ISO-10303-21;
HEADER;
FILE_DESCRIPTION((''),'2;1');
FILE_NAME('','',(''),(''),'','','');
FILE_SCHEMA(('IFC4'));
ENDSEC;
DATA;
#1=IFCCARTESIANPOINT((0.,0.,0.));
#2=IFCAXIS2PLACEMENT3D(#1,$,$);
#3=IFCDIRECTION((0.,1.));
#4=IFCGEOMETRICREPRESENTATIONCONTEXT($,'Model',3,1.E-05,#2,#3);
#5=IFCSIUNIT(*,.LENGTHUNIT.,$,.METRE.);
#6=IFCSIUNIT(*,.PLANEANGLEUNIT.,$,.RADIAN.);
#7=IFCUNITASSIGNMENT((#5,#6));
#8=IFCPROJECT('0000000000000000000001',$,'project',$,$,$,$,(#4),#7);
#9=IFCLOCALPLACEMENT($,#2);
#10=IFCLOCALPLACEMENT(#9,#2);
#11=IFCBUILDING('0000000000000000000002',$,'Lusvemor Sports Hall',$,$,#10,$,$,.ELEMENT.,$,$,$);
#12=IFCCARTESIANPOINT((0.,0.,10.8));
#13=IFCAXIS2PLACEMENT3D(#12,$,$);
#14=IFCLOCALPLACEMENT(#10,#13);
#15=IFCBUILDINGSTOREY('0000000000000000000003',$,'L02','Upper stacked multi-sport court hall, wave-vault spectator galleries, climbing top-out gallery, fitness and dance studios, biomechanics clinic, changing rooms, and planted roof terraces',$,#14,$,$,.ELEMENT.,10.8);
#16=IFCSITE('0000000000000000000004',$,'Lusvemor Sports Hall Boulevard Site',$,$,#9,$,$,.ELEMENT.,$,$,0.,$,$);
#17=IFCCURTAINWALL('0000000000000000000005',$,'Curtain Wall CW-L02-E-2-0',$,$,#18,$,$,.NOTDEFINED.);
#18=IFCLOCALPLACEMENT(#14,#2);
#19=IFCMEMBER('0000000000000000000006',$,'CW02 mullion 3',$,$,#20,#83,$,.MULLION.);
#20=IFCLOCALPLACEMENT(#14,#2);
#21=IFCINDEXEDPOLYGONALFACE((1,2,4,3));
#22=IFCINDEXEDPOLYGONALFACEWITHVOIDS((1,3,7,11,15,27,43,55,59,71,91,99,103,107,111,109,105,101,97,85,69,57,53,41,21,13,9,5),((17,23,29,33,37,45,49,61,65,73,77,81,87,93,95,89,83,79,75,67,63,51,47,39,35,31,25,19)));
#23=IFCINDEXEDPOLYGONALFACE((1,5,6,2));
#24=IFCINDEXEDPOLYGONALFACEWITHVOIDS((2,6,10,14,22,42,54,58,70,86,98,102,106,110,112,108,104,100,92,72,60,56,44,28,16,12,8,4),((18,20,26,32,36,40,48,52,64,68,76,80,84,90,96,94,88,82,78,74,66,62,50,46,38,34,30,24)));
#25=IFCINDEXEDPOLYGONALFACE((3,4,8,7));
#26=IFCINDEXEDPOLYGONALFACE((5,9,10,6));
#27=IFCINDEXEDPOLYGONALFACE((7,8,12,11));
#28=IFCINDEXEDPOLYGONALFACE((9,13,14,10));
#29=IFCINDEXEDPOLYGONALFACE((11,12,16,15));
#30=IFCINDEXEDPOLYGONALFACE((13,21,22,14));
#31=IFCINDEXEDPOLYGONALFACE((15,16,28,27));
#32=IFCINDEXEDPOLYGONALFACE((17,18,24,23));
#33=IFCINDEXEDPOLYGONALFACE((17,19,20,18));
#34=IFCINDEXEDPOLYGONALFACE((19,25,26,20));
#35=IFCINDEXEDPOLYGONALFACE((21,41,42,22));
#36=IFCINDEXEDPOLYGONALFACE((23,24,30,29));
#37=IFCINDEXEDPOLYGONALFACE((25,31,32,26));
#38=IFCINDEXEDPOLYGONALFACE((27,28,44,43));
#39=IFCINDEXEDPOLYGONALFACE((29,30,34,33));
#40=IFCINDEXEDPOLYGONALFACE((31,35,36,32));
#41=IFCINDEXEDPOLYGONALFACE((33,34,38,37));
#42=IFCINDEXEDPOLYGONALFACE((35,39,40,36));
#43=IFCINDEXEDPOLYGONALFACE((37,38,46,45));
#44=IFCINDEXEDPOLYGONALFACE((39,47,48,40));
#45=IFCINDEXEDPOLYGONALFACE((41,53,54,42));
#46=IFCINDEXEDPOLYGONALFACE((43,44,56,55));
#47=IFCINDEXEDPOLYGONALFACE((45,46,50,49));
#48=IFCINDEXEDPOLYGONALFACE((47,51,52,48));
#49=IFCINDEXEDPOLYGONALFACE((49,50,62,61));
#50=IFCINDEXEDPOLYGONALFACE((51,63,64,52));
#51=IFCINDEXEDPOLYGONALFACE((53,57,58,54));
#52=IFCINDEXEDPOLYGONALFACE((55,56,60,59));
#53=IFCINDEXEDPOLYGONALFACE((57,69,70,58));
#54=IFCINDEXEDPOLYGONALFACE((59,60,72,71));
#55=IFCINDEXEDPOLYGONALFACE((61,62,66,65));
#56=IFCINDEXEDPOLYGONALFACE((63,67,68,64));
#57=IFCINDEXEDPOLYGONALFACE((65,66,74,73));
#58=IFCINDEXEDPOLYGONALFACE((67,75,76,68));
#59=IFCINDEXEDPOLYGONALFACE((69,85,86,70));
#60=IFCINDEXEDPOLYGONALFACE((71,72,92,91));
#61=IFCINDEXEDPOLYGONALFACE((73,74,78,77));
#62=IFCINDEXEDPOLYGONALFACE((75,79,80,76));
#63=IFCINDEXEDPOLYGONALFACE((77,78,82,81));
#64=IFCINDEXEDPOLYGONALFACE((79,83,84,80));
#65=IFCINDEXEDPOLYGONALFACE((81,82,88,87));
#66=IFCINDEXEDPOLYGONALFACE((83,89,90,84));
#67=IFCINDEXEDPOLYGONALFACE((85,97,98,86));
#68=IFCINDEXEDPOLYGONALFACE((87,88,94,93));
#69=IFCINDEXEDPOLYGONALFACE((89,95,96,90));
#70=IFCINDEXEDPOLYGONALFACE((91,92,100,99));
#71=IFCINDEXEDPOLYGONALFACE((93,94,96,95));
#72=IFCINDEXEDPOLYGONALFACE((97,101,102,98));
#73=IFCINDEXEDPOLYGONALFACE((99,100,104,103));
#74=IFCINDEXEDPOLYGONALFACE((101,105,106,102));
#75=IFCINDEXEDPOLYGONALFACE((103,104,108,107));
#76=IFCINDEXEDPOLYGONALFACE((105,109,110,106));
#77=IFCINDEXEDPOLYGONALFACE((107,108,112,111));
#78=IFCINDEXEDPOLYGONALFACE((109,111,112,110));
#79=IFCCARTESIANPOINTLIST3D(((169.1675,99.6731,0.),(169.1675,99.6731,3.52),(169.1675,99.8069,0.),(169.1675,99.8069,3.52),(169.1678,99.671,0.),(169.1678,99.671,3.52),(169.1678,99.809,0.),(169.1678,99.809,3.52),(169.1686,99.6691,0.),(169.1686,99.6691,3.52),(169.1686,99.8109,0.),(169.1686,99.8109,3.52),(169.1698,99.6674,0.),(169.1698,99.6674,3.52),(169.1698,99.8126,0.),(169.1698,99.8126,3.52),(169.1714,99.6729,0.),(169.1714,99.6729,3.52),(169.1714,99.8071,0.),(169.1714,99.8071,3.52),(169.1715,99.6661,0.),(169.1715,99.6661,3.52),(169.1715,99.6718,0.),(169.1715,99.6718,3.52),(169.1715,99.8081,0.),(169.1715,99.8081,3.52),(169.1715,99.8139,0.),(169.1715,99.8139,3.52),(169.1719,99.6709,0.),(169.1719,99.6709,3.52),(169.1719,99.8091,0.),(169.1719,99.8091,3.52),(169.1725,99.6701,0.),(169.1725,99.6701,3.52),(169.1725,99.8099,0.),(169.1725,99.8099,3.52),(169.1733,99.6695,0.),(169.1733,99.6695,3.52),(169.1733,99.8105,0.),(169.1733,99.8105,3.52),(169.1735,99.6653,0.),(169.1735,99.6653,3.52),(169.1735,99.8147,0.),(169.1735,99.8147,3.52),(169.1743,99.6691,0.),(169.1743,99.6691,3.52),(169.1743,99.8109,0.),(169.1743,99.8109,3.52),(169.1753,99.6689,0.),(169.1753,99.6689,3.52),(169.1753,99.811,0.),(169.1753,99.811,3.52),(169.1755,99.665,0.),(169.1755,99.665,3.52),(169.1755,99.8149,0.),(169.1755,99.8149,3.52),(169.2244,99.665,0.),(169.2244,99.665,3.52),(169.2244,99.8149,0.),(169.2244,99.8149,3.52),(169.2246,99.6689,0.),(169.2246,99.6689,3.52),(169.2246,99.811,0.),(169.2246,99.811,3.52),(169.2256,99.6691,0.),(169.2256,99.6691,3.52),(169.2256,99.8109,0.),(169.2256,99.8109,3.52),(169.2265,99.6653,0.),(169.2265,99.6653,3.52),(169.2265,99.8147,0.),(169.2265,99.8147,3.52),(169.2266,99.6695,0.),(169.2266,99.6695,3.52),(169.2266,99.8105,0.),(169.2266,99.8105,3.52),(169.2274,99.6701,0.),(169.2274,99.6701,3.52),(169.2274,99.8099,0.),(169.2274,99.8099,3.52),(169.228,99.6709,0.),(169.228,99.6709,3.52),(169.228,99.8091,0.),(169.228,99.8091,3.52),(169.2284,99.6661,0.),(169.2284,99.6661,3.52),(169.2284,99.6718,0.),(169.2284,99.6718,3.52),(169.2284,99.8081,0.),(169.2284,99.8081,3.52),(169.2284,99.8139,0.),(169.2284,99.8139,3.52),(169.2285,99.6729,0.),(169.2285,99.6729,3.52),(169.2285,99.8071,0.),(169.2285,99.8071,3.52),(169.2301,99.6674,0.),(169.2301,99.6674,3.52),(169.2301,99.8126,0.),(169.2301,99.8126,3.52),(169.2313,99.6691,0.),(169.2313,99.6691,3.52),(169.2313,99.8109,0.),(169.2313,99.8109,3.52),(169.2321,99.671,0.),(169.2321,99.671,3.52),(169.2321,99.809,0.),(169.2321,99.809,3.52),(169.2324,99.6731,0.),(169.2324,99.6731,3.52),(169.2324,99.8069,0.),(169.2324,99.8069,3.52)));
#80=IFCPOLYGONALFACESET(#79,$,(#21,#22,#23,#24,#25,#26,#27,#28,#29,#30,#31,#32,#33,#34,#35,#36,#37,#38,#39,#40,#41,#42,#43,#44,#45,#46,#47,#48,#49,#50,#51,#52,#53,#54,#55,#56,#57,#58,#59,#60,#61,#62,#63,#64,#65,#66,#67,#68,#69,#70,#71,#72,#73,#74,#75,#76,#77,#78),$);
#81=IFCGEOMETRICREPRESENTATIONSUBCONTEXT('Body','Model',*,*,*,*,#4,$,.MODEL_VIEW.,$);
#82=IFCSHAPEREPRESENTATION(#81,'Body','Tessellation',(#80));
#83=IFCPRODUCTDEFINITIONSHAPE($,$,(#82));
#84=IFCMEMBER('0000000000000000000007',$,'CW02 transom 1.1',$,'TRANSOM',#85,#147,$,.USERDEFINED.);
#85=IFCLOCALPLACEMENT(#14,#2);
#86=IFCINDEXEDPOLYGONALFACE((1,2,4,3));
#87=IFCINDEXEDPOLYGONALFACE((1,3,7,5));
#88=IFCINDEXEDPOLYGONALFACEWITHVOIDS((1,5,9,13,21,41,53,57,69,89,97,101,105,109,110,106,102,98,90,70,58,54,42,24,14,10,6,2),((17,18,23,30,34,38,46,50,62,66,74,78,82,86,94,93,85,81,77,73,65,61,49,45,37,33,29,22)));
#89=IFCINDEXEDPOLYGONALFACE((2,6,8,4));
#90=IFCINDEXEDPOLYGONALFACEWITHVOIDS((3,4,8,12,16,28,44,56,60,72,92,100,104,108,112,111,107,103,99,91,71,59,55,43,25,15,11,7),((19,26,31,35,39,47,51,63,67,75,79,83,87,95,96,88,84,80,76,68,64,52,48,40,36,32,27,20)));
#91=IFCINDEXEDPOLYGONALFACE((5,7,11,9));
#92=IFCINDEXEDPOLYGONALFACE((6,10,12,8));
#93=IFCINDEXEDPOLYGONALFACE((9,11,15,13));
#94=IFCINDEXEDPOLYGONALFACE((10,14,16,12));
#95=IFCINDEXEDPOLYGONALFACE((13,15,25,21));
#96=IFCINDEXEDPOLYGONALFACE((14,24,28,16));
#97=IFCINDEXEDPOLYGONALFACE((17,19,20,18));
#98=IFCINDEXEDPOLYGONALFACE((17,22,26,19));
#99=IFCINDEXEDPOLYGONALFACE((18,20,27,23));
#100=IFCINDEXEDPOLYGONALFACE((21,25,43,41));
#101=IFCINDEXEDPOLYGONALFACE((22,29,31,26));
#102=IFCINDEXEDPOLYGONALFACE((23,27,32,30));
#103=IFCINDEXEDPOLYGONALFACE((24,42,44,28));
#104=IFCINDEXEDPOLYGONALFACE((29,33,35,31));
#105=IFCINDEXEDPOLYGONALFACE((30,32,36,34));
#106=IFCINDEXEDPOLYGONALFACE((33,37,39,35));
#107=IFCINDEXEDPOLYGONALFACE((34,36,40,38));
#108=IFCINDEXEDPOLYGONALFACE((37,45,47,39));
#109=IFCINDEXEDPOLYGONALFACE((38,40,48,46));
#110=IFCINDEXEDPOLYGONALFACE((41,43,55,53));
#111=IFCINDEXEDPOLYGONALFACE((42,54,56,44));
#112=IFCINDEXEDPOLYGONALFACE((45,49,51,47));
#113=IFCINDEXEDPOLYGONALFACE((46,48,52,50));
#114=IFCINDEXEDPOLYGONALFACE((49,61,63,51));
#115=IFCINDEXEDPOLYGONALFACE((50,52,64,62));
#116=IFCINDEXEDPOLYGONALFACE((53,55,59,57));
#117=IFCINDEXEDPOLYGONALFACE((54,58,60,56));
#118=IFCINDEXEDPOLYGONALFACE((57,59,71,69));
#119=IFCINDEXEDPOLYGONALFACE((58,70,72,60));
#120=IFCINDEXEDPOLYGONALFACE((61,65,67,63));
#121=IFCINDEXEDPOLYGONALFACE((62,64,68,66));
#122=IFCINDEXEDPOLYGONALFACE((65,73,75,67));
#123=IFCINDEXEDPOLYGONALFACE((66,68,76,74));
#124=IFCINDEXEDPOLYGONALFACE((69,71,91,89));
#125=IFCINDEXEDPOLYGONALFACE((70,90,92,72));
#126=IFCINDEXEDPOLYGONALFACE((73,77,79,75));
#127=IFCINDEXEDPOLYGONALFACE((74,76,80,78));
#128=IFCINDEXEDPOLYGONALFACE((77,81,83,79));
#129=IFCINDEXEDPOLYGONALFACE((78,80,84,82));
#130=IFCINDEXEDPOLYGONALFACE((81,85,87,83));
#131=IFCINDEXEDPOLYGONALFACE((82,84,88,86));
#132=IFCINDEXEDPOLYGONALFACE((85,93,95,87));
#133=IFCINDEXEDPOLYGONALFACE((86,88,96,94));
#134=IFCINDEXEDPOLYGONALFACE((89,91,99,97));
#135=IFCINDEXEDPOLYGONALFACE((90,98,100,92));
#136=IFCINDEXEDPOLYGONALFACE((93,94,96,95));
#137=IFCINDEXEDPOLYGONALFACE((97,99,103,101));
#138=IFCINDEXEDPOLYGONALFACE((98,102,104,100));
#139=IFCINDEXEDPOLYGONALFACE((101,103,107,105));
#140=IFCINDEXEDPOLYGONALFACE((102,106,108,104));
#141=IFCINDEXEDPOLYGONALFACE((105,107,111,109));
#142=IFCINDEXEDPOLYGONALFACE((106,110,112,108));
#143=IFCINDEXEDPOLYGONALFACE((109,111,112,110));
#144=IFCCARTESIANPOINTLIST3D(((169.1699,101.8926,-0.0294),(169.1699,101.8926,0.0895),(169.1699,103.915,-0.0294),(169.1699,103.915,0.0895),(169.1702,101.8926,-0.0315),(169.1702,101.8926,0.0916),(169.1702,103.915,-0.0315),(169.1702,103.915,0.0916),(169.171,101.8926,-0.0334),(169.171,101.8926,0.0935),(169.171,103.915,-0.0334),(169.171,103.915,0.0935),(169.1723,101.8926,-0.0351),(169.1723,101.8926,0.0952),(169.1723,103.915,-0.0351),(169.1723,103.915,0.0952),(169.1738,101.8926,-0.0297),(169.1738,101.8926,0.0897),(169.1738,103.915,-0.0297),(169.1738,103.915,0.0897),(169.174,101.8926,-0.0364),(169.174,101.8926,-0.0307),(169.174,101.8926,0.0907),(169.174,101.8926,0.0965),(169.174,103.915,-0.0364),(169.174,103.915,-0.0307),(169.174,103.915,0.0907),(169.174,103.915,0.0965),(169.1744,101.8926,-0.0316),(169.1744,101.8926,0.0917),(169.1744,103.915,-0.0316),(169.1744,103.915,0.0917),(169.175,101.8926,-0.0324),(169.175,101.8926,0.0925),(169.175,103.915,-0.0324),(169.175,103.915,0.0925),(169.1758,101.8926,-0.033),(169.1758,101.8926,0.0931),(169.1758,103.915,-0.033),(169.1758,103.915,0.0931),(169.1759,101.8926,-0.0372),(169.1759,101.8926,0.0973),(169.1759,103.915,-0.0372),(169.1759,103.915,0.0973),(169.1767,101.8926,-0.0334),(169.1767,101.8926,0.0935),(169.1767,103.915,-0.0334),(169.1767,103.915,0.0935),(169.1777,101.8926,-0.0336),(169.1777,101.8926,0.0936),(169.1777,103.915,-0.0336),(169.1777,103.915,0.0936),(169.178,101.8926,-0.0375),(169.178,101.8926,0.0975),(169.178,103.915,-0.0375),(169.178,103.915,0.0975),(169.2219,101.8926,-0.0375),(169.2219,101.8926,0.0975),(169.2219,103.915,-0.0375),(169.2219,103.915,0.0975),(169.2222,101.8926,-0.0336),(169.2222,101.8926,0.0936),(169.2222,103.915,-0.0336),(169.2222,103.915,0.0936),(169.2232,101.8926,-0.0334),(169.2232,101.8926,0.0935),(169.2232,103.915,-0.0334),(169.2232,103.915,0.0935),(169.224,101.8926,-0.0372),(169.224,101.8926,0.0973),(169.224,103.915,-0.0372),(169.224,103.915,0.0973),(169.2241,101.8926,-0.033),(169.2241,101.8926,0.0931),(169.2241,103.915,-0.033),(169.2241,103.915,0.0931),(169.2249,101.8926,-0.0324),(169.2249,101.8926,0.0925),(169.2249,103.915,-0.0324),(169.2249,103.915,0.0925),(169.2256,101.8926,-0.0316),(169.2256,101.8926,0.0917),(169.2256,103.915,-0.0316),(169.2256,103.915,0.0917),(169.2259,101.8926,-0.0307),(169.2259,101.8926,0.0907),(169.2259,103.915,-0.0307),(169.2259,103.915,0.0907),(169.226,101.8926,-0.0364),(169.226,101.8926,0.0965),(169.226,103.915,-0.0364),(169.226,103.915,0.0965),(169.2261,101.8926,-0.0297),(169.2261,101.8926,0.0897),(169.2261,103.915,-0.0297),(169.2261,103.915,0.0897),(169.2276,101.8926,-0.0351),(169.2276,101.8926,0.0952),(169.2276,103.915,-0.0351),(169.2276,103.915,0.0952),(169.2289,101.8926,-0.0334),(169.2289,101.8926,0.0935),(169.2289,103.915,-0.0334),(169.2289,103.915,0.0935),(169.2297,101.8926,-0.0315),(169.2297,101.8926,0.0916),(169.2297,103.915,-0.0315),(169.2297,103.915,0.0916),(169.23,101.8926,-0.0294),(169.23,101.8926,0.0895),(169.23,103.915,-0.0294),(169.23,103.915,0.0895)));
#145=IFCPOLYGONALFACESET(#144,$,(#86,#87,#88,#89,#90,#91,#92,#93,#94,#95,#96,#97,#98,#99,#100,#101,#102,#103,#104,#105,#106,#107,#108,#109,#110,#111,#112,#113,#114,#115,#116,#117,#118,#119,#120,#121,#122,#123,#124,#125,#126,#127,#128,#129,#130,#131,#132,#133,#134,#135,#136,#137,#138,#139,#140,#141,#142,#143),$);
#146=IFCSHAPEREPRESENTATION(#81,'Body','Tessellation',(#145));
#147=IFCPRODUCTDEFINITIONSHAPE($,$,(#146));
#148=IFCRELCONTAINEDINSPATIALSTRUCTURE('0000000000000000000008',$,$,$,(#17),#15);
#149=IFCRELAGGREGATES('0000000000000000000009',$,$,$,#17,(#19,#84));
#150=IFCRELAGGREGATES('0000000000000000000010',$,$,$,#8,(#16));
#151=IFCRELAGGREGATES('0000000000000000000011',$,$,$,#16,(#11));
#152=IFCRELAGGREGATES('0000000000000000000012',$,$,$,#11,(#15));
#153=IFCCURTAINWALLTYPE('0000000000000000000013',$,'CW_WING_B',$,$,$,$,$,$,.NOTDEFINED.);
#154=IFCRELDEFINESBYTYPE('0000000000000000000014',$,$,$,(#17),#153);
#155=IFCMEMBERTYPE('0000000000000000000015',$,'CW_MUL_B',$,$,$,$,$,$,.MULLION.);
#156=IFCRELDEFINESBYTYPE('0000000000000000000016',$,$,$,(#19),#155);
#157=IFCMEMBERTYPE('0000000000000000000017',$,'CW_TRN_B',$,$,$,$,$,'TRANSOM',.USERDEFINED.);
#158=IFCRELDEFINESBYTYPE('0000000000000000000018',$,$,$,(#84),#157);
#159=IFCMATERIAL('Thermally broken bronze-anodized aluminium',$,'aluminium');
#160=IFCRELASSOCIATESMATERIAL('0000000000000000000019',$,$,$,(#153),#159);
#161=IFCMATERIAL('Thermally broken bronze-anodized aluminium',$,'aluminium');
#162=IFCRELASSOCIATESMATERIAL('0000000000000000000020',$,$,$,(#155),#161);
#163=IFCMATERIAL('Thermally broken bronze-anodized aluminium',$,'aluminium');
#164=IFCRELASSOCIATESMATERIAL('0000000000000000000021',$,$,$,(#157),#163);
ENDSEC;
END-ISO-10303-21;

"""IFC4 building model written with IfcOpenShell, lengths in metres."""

from ifc_helpers import new_model, si_unit, direction, frame, origin, origin_2d, place, context, subcontext, project, spatial, hollow_rectangle, extrude, material, material_profile, profile_set, type_object, element, aggregate, save


model = new_model("IFC4")

# Units and contexts
model_context = context("Model", 3, precision=1e-05, world=origin(), true_north=direction((0.0, 1.0)))
body_context = subcontext(model_context, "Body", "Model", "MODEL_VIEW")
ifc_project = project(units=[si_unit("LENGTHUNIT", "METRE"), si_unit("PLANEANGLEUNIT", "RADIAN")], contexts=[model_context])

# Site, building, storey
site_placement = place(None, origin())
site = spatial("IfcSite", under=ifc_project, at=site_placement, Name="Lusvemor Sports Hall Boulevard Site", CompositionType="ELEMENT", RefElevation=0.0)
building_placement = place(site_placement, origin())
building = spatial("IfcBuilding", under=site, at=building_placement, Name="Lusvemor Sports Hall", CompositionType="ELEMENT")
storey_placement = place(building_placement, frame((0.0, 0.0, 10.8)))
storey = spatial("IfcBuildingStorey", under=building, at=storey_placement, Name="L02", Description="Upper stacked multi-sport court hall, wave-vault spectator galleries, climbing top-out gallery, fitness and dance studios, biomechanics clinic, changing rooms, and planted roof terraces", CompositionType="ELEMENT", Elevation=10.8)

# Curtain wall, members
ifc_material_1 = material(Name="Thermally broken bronze-anodized aluminium", Category="aluminium")
curtain_wall_type = type_object("IfcCurtainWallType", Name="CW_WING_B", PredefinedType="NOTDEFINED", material=ifc_material_1)
curtain_wall_placement = place(storey_placement, origin())
curtain_wall = element("IfcCurtainWall", 1, at=curtain_wall_placement, inside=storey, type_object=curtain_wall_type, Name="Curtain Wall CW-L02-E-2-0", PredefinedType="NOTDEFINED")
ifc_material_2 = material(Name="Thermally broken bronze-anodized aluminium", Category="aluminium")
ifc_material_profile_1 = material_profile(ifc_material_2, hollow_rectangle(XDim=0.0649, YDim=0.1499, WallThickness=0.0039, InnerFilletRadius=0.0039, OuterFilletRadius=0.0081, at=origin_2d()), Name="CWMUL150x65x4")
ifc_profile_set_1 = profile_set([ifc_material_profile_1], Name="Thermally broken bronze-anodized aluminium")
member_type_1 = type_object("IfcMemberType", Name="CW_MUL_B", PredefinedType="MULLION", material=ifc_profile_set_1)
member_1_placement = place(storey_placement, frame((169.2, 99.74, 0.0), z_axis=(0.0, 0.0, 1.0), x_axis=(1.0, 0.0, 0.0)))
member_1 = element("IfcMember", 2, at=member_1_placement, type_object=member_type_1, Name="CW02 mullion 3", PredefinedType="MULLION", context=body_context, shape_type="SweptSolid", body=[
    extrude(hollow_rectangle(XDim=0.0649, YDim=0.1499, WallThickness=0.0039, InnerFilletRadius=0.0039, OuterFilletRadius=0.0081, at=origin_2d()), origin(), (0.0, 0.0, 1.0), 3.52),
])
ifc_material_3 = material(Name="Thermally broken bronze-anodized aluminium", Category="aluminium")
ifc_material_profile_2 = material_profile(ifc_material_3, hollow_rectangle(XDim=0.0601, YDim=0.135, WallThickness=0.0039, InnerFilletRadius=0.0039, OuterFilletRadius=0.0081, at=origin_2d()), Name="CWTRN135x60x4")
ifc_profile_set_2 = profile_set([ifc_material_profile_2], Name="Thermally broken bronze-anodized aluminium")
member_type_2 = type_object("IfcMemberType", Name="CW_TRN_B", ElementType="TRANSOM", PredefinedType="USERDEFINED", material=ifc_profile_set_2)
member_2_placement = place(storey_placement, frame((169.2, 103.915, 0.03), z_axis=(0.0, -1.0, 0.0), x_axis=(1.0, 0.0, 0.0)))
member_2 = element("IfcMember", 3, at=member_2_placement, type_object=member_type_2, Name="CW02 transom 1.1", ObjectType="TRANSOM", PredefinedType="USERDEFINED", context=body_context, shape_type="SweptSolid", body=[
    extrude(hollow_rectangle(XDim=0.0601, YDim=0.135, WallThickness=0.0039, InnerFilletRadius=0.0039, OuterFilletRadius=0.0081, at=origin_2d()), origin(), (0.0, 0.0, 1.0), 2.0225),
])
aggregate(curtain_wall, [member_1, member_2])

save(model, "model.ifc")
